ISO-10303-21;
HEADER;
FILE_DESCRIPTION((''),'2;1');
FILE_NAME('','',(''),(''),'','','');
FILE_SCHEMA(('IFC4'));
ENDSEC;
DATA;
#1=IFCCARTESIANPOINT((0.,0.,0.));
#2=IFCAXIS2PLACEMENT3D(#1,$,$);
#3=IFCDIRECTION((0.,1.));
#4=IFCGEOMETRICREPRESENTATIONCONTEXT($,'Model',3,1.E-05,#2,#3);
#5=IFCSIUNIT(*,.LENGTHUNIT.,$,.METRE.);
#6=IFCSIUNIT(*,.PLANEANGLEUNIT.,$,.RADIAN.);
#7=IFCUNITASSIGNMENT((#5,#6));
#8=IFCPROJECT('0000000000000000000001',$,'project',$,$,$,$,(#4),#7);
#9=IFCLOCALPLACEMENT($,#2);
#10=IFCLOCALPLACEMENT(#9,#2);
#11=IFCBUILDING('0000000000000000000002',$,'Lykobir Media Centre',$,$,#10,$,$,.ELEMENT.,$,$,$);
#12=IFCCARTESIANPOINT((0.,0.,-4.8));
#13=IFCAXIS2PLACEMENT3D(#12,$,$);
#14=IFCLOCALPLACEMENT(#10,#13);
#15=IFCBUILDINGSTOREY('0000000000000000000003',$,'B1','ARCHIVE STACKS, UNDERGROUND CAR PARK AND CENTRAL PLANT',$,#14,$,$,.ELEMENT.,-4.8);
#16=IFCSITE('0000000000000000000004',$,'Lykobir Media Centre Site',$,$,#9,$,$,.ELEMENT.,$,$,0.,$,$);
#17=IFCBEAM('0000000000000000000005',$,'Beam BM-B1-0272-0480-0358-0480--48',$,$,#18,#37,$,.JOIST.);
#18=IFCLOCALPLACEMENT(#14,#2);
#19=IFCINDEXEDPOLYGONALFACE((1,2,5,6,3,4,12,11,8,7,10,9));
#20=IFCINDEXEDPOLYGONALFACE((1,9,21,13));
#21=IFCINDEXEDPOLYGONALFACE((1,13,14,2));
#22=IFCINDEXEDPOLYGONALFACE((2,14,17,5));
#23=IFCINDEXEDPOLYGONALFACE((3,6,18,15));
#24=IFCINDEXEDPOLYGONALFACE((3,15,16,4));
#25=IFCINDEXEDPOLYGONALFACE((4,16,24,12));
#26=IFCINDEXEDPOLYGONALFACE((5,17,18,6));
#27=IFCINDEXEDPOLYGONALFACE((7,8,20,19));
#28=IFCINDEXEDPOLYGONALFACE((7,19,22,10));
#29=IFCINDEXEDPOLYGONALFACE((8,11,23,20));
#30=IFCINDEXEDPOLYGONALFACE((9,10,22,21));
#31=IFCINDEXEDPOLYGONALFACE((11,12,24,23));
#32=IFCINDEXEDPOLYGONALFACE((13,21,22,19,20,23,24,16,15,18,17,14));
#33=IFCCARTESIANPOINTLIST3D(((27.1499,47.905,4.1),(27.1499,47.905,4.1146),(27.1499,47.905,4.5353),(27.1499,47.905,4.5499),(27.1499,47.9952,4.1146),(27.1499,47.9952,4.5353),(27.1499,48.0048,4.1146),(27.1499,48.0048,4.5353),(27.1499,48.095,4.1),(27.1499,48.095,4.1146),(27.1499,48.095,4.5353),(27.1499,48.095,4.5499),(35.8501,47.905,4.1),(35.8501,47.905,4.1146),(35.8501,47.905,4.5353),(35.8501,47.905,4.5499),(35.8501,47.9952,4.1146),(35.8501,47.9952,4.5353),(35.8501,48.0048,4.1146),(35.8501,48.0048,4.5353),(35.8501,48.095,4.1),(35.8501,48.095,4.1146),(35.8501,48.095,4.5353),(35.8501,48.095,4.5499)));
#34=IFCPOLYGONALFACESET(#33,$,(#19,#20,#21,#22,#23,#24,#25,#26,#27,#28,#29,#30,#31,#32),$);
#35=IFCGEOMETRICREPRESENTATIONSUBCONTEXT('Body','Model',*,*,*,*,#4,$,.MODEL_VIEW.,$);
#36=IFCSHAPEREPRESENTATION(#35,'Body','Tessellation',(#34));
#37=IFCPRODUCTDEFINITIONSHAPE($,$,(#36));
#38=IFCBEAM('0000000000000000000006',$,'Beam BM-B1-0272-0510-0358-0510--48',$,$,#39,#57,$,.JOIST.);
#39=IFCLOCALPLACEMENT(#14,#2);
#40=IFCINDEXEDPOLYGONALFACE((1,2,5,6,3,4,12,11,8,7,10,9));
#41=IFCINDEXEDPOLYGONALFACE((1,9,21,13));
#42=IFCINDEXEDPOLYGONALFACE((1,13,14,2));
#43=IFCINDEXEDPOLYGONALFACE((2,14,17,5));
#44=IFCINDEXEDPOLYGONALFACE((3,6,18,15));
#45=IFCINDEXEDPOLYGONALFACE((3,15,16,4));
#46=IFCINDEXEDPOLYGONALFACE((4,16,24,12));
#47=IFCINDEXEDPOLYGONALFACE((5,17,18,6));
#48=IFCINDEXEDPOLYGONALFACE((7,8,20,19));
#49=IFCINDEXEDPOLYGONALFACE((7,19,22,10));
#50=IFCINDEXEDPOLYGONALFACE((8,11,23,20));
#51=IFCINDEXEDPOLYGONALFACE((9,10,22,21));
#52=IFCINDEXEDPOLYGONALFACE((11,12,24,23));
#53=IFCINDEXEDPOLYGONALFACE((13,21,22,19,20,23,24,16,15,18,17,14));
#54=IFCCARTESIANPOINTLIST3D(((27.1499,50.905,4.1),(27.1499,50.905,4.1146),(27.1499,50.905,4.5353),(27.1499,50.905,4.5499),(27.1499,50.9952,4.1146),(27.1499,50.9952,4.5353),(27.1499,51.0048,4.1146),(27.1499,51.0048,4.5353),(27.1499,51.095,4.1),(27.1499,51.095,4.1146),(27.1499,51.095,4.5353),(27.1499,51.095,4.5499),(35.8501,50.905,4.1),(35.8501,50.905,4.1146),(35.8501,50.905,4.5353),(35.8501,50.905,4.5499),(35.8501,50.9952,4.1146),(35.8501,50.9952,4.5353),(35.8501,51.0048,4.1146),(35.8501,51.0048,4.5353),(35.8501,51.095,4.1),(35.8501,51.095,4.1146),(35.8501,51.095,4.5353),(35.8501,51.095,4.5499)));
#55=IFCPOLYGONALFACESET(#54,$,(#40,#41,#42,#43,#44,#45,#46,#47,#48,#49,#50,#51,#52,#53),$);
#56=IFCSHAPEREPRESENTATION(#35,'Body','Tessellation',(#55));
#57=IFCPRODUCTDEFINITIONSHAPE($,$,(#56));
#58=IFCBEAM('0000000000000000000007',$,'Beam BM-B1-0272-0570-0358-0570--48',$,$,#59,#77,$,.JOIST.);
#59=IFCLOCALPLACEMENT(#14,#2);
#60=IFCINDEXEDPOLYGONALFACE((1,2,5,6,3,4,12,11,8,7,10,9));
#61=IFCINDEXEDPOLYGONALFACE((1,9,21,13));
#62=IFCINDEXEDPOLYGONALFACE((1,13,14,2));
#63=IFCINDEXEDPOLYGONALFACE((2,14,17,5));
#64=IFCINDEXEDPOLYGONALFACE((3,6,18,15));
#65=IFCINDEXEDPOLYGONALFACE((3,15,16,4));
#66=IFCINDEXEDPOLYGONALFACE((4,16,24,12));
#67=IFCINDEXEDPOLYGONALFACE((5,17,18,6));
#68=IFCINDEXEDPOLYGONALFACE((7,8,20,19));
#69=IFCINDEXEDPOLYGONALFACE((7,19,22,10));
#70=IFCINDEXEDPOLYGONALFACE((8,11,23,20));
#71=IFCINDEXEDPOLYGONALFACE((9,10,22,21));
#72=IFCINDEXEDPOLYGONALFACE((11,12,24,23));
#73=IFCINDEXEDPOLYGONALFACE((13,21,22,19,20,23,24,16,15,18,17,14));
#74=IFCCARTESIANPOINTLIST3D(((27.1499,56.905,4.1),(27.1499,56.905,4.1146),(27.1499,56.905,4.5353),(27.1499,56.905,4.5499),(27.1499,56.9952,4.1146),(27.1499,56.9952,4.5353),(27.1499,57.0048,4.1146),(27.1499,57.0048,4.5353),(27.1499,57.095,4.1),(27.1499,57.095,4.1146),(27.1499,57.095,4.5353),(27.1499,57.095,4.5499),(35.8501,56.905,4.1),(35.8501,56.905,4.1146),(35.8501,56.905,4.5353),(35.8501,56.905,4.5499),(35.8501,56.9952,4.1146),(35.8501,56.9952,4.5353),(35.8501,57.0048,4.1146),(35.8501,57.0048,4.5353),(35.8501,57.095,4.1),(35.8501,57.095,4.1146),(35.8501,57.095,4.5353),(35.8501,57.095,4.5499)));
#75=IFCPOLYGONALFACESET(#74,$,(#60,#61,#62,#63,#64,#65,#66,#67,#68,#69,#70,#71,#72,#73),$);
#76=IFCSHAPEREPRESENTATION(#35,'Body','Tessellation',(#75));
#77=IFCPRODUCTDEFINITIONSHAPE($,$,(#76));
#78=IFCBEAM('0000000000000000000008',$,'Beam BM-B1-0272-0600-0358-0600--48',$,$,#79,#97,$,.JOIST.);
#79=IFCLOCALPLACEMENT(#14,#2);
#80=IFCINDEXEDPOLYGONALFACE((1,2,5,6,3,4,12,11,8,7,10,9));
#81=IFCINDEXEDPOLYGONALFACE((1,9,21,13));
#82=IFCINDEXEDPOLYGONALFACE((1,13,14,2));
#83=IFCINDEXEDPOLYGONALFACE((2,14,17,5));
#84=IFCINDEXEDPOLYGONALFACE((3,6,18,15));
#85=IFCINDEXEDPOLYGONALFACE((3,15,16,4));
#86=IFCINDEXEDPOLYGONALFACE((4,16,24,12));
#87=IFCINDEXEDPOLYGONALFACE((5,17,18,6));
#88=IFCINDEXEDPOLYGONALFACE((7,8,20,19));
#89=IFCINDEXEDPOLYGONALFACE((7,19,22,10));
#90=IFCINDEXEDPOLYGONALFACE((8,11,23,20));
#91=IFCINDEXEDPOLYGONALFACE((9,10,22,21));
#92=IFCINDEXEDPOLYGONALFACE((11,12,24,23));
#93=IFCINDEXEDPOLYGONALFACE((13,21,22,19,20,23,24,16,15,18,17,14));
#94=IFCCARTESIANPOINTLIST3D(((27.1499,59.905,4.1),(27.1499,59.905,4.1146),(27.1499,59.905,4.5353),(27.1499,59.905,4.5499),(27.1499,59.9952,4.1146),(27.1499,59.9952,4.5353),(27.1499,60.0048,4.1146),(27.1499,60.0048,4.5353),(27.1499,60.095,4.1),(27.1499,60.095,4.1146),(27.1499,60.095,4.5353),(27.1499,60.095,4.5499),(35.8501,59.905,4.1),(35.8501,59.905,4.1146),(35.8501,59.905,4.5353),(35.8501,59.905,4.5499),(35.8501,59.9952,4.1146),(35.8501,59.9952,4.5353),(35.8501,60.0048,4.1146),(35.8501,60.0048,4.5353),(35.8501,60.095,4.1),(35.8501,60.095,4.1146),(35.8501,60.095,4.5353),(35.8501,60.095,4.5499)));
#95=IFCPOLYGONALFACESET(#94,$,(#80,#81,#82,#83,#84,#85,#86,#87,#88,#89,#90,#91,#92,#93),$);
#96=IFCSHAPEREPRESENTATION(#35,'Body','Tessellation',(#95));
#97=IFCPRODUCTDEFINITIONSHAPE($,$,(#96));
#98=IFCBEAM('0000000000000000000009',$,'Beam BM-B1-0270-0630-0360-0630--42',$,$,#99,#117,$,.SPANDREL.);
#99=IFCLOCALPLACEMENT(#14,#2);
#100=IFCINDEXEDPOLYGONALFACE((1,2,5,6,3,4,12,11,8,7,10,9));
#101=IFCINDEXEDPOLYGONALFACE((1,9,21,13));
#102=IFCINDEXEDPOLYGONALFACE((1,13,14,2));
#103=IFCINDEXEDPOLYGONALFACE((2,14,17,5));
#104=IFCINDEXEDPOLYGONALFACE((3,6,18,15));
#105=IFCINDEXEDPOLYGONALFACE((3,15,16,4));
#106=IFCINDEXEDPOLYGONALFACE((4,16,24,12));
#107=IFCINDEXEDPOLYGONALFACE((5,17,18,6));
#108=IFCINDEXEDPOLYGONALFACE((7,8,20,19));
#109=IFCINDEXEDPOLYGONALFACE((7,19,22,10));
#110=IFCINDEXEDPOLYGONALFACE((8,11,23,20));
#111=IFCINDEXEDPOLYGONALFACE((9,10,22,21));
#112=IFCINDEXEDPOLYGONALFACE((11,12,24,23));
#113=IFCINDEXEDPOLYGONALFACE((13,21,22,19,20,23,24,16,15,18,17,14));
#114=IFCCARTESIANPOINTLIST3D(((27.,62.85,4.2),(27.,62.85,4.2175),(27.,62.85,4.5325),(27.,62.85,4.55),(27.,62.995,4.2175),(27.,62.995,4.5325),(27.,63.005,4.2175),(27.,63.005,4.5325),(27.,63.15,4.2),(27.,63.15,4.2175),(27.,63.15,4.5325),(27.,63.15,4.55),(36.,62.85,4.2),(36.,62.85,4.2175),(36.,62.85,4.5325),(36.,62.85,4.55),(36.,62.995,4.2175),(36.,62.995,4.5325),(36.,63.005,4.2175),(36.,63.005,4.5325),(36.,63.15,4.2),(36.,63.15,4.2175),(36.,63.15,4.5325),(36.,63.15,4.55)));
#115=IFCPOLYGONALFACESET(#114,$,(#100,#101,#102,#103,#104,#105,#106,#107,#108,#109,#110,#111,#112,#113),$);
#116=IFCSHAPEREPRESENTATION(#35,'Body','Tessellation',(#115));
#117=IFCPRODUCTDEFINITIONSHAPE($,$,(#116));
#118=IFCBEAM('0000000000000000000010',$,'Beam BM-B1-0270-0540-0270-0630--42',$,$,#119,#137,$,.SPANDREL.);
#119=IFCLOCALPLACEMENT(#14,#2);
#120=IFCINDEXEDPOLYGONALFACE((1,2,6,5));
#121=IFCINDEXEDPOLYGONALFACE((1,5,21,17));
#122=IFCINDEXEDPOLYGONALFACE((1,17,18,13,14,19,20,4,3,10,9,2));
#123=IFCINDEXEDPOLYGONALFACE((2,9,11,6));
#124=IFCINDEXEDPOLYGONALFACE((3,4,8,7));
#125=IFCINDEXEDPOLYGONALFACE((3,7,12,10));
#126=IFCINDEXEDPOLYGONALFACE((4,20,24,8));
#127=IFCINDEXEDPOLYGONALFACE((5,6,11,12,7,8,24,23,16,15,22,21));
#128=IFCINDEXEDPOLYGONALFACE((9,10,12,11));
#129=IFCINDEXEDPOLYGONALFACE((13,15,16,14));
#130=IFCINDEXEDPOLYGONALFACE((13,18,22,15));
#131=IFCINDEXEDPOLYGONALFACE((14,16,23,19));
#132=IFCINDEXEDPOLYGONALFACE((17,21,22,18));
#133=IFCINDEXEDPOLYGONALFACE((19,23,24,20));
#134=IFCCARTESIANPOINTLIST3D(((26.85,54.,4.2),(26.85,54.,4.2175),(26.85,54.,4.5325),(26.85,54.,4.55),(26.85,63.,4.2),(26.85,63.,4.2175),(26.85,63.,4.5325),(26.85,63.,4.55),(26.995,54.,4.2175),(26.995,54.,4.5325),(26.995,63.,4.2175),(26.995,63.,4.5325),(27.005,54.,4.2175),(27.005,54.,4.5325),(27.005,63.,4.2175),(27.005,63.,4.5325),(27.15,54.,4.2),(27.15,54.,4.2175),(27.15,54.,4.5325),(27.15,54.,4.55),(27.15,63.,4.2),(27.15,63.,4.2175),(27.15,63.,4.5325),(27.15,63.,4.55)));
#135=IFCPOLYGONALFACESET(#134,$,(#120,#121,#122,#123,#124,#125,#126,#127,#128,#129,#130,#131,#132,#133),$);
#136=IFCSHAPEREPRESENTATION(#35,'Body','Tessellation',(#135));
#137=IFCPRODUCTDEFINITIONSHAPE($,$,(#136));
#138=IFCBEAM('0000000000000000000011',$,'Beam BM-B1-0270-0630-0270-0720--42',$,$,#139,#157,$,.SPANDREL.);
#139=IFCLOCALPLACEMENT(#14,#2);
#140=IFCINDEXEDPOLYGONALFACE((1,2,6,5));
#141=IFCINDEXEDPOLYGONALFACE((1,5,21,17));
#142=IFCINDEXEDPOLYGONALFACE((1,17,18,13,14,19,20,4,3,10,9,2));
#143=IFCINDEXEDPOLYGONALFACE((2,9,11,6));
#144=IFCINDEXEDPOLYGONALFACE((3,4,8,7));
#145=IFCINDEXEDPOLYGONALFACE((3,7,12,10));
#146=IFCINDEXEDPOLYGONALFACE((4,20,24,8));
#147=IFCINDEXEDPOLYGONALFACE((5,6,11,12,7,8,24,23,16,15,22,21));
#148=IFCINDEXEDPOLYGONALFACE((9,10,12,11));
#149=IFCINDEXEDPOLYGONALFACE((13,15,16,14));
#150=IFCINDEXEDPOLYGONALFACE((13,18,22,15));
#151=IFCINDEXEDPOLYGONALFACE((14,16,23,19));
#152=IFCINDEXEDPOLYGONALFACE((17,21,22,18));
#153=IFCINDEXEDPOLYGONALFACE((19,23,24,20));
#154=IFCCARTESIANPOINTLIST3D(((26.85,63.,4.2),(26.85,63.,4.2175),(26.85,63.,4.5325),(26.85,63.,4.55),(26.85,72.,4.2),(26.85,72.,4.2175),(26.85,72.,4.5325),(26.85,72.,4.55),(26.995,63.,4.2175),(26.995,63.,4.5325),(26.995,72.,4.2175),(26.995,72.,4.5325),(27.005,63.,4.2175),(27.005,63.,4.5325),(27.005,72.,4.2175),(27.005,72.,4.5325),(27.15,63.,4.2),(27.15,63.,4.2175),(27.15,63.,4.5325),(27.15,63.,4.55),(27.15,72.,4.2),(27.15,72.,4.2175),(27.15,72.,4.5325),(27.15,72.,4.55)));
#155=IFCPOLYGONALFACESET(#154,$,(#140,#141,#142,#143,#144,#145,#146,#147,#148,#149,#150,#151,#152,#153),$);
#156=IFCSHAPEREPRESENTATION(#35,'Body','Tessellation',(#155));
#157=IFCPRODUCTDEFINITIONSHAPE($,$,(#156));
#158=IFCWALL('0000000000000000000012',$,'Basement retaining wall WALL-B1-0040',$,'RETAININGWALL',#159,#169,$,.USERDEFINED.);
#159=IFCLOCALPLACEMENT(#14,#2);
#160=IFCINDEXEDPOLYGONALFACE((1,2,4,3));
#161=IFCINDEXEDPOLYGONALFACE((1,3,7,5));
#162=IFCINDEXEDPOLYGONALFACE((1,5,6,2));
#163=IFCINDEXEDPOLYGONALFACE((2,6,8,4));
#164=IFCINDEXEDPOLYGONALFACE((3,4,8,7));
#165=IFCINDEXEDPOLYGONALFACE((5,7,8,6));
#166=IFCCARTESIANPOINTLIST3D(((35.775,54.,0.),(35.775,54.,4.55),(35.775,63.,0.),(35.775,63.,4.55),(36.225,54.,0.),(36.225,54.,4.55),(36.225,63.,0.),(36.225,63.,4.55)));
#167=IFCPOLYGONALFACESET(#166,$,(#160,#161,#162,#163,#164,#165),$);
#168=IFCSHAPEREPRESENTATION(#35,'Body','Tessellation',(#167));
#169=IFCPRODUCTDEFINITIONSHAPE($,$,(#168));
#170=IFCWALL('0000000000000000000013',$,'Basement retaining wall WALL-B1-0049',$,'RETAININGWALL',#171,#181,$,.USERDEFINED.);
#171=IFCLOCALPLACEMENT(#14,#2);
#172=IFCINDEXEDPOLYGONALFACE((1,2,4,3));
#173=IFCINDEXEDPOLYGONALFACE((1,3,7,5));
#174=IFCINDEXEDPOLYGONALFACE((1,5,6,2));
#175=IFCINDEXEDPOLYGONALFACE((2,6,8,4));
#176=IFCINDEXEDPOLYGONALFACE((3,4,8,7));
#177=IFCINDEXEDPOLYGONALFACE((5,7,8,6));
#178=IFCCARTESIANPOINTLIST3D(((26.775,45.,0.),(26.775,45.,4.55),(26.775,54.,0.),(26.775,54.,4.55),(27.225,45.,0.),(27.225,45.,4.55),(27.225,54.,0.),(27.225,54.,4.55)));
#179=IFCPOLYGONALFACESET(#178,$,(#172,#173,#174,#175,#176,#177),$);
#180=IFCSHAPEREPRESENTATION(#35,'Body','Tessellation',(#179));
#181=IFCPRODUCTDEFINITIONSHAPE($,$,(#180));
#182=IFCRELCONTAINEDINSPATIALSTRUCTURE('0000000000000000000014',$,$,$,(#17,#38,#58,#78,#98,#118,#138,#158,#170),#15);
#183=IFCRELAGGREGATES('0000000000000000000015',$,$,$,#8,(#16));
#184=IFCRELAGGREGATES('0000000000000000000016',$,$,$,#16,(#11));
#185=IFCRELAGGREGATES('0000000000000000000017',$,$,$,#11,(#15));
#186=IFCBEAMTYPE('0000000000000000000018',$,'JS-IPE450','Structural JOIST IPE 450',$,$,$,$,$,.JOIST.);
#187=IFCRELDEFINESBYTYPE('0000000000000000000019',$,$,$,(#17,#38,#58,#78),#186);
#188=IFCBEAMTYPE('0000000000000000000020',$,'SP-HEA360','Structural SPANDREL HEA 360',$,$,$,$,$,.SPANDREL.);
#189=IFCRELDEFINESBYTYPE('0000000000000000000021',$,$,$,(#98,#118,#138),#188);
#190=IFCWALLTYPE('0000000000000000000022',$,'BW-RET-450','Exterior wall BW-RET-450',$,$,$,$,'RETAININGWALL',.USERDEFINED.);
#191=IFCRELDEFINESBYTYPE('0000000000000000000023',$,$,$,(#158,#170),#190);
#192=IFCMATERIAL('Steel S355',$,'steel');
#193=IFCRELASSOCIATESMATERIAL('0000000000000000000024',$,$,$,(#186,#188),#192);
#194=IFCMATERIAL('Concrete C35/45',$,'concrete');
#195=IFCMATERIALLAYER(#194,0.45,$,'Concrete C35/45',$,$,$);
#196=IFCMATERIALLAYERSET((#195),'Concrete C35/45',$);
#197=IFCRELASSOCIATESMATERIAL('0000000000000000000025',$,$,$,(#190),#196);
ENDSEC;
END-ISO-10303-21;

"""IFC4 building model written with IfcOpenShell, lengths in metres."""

from ifc_helpers import new_model, si_unit, direction, frame, frame_2d, origin, origin_2d, place, context, subcontext, project, spatial, rectangle, i_section, extrude, material, layer, layer_set, material_profile, profile_set, type_object, element, save


model = new_model("IFC4")

# Units and contexts
model_context = context("Model", 3, precision=1e-05, world=origin(), true_north=direction((0.0, 1.0)))
body_context = subcontext(model_context, "Body", "Model", "MODEL_VIEW")
ifc_project = project(units=[si_unit("LENGTHUNIT", "METRE"), si_unit("PLANEANGLEUNIT", "RADIAN")], contexts=[model_context])

# Site, building, storey
site_placement = place(None, origin())
site = spatial("IfcSite", under=ifc_project, at=site_placement, Name="Lykobir Media Centre Site", CompositionType="ELEMENT", RefElevation=0.0)
building_placement = place(site_placement, origin())
building = spatial("IfcBuilding", under=site, at=building_placement, Name="Lykobir Media Centre", CompositionType="ELEMENT")
storey_placement = place(building_placement, frame((0.0, 0.0, -4.8)))
storey = spatial("IfcBuildingStorey", under=building, at=storey_placement, Name="B1", Description="ARCHIVE STACKS, UNDERGROUND CAR PARK AND CENTRAL PLANT", CompositionType="ELEMENT", Elevation=-4.8)

# Shared definitions
ifc_material_1 = material(Name="Concrete C35/45", Category="concrete")

# Beams
ifc_material_2 = material(Name="Steel S355", Category="steel")
ifc_material_profile_1 = material_profile(ifc_material_2, i_section(OverallWidth=0.1899, OverallDepth=0.45, WebThickness=0.0095, FlangeThickness=0.0146, at=origin_2d()), Name="IPE 450")
ifc_profile_set_1 = profile_set([ifc_material_profile_1], Name="Steel S355")
beam_type_1 = type_object("IfcBeamType", Name="JS-IPE450", Description="Structural JOIST IPE 450", PredefinedType="JOIST", material=ifc_profile_set_1)
for number, where, z_axis, x_axis, name in (
    (1, (27.1499, 48.0, 4.325), (1.0, 0.0, 0.0), (0.0, 1.0, 0.0), "Beam BM-B1-0272-0480-0358-0480--48"),
    (2, (27.1499, 51.0, 4.325), (1.0, 0.0, 0.0), (0.0, 1.0, 0.0), "Beam BM-B1-0272-0510-0358-0510--48"),
    (3, (27.1499, 57.0, 4.325), (1.0, 0.0, 0.0), (0.0, 1.0, 0.0), "Beam BM-B1-0272-0570-0358-0570--48"),
    (4, (27.1499, 60.0, 4.325), (1.0, 0.0, 0.0), (0.0, 1.0, 0.0), "Beam BM-B1-0272-0600-0358-0600--48"),
):
    element("IfcBeam", number, at=place(storey_placement, frame(where, z_axis=z_axis, x_axis=x_axis)), inside=storey, type_object=beam_type_1, Name=name, PredefinedType="JOIST", context=body_context, shape_type="SweptSolid", body=[
        extrude(i_section(OverallWidth=0.1899, OverallDepth=0.45, WebThickness=0.0095, FlangeThickness=0.0146, at=origin_2d()), origin(), (0.0, 0.0, 1.0), 8.7002),
    ])
ifc_material_profile_2 = material_profile(ifc_material_2, i_section(OverallWidth=0.3, OverallDepth=0.3501, WebThickness=0.01, FlangeThickness=0.0176, at=origin_2d()), Name="HEA 360")
ifc_profile_set_2 = profile_set([ifc_material_profile_2], Name="Steel S355")
beam_type_2 = type_object("IfcBeamType", Name="SP-HEA360", Description="Structural SPANDREL HEA 360", PredefinedType="SPANDREL", material=ifc_profile_set_2)
for number, where, z_axis, x_axis, name in (
    (5, (27.0, 63.0, 4.375), (1.0, 0.0, 0.0), (0.0, 1.0, 0.0), "Beam BM-B1-0270-0630-0360-0630--42"),
    (6, (27.0, 54.0, 4.375), (0.0, 1.0, 0.0), (-1.0, 0.0, 0.0), "Beam BM-B1-0270-0540-0270-0630--42"),
    (7, (27.0, 63.0, 4.375), (0.0, 1.0, 0.0), (-1.0, 0.0, 0.0), "Beam BM-B1-0270-0630-0270-0720--42"),
):
    element("IfcBeam", number, at=place(storey_placement, frame(where, z_axis=z_axis, x_axis=x_axis)), inside=storey, type_object=beam_type_2, Name=name, PredefinedType="SPANDREL", context=body_context, shape_type="SweptSolid", body=[
        extrude(i_section(OverallWidth=0.3, OverallDepth=0.3501, WebThickness=0.01, FlangeThickness=0.0176, at=origin_2d()), origin(), (0.0, 0.0, 1.0), 9.0),
    ])

# Walls
ifc_layer = layer(ifc_material_1, 0.45, Name="Concrete C35/45")
ifc_layer_set = layer_set([ifc_layer], Name="Concrete C35/45")
wall_type = type_object("IfcWallType", Name="BW-RET-450", Description="Exterior wall BW-RET-450", ElementType="RETAININGWALL", PredefinedType="USERDEFINED", material=ifc_layer_set)
for number, where, z_axis, x_axis, name in (
    (8, (36.0, 54.0, 0.0), (0.0, 0.0, 1.0), (0.0, 1.0, 0.0), "Basement retaining wall WALL-B1-0040"),
    (9, (27.0, 54.0, 0.0), (0.0, 0.0, 1.0), (0.0, -1.0, 0.0), "Basement retaining wall WALL-B1-0049"),
):
    element("IfcWall", number, at=place(storey_placement, frame(where, z_axis=z_axis, x_axis=x_axis)), inside=storey, type_object=wall_type, Name=name, ObjectType="RETAININGWALL", PredefinedType="USERDEFINED", context=body_context, shape_type="SweptSolid", body=[
        extrude(rectangle(XDim=9.0, YDim=0.45, at=frame_2d((4.5, 0.0))), origin(), (0.0, 0.0, 1.0), 4.55),
    ])

save(model, "model.ifc")
